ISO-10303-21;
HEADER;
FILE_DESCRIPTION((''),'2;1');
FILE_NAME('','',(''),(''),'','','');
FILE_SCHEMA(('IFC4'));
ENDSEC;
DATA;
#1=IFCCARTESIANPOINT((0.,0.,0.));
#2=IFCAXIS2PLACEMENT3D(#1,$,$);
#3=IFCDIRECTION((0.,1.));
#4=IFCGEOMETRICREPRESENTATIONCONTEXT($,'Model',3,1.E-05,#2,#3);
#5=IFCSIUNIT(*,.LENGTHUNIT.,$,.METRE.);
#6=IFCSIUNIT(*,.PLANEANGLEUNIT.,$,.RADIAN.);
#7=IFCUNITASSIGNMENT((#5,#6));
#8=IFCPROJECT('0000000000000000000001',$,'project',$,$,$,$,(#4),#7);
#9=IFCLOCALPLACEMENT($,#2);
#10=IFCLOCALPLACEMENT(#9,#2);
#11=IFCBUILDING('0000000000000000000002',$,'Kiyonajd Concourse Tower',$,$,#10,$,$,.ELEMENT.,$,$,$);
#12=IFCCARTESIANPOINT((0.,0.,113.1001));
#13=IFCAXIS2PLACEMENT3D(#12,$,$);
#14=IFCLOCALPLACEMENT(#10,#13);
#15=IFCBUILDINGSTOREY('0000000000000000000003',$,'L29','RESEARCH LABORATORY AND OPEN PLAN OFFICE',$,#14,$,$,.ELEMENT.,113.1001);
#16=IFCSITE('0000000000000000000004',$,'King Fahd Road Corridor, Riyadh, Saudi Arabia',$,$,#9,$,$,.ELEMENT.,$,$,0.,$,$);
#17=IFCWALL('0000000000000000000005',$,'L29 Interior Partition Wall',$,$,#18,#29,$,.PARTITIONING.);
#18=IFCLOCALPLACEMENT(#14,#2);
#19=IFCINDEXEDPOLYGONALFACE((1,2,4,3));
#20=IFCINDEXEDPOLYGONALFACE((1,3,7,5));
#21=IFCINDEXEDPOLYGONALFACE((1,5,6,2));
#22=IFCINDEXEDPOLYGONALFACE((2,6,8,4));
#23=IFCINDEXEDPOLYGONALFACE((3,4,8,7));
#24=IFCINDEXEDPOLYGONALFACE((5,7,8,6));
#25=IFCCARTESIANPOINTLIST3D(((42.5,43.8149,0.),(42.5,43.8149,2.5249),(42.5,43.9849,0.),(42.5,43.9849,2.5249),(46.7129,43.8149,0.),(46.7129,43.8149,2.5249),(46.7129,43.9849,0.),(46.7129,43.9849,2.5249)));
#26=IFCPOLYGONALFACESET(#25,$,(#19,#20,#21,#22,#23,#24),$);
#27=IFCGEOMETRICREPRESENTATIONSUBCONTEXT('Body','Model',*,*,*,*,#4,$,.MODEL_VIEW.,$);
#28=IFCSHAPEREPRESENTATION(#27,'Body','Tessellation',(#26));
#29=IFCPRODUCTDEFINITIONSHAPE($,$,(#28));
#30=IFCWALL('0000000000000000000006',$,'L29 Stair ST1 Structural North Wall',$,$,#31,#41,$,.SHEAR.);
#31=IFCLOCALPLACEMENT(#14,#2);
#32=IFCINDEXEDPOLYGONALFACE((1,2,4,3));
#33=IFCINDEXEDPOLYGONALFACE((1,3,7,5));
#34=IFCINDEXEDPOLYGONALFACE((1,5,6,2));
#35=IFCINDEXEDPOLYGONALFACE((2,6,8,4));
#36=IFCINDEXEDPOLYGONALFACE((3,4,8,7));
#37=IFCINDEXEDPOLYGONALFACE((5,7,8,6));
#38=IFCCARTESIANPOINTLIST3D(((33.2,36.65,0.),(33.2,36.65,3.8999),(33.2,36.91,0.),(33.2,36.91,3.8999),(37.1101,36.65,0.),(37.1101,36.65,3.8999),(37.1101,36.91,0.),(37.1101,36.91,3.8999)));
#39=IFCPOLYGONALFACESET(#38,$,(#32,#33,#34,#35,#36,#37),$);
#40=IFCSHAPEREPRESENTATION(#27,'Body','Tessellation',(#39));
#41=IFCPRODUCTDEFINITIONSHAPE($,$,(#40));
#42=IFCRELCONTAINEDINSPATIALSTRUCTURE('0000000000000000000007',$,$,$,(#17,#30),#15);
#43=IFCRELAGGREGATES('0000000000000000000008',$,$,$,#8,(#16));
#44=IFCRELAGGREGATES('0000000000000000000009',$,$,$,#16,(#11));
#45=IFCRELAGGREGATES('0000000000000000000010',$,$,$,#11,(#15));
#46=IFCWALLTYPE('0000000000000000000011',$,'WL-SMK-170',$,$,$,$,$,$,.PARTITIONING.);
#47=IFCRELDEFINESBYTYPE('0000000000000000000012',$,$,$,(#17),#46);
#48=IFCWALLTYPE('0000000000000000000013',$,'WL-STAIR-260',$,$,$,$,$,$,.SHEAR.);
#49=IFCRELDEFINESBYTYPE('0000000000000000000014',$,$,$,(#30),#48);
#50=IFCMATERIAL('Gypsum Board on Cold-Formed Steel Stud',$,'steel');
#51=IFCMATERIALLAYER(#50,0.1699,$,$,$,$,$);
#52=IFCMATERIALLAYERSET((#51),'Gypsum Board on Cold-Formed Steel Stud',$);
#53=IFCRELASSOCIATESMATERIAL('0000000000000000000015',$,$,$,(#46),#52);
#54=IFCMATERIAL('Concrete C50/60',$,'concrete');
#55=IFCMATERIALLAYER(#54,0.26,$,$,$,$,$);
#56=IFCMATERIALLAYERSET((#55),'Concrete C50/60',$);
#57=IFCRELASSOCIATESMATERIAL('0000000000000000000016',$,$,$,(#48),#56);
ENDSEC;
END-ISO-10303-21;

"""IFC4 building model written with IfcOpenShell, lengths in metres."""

from ifc_helpers import new_model, si_unit, direction, frame, frame_2d, origin, place, context, subcontext, project, spatial, rectangle, extrude, material, layer, layer_set, type_object, element, save


model = new_model("IFC4")

# Units and contexts
model_context = context("Model", 3, precision=1e-05, world=origin(), true_north=direction((0.0, 1.0)))
body_context = subcontext(model_context, "Body", "Model", "MODEL_VIEW")
ifc_project = project(units=[si_unit("LENGTHUNIT", "METRE"), si_unit("PLANEANGLEUNIT", "RADIAN")], contexts=[model_context])

# Site, building, storey
site_placement = place(None, origin())
site = spatial("IfcSite", under=ifc_project, at=site_placement, Name="King Fahd Road Corridor, Riyadh, Saudi Arabia", CompositionType="ELEMENT", RefElevation=0.0)
building_placement = place(site_placement, origin())
building = spatial("IfcBuilding", under=site, at=building_placement, Name="Kiyonajd Concourse Tower", CompositionType="ELEMENT")
storey_placement = place(building_placement, frame((0.0, 0.0, 113.1001)))
storey = spatial("IfcBuildingStorey", under=building, at=storey_placement, Name="L29", Description="RESEARCH LABORATORY AND OPEN PLAN OFFICE", CompositionType="ELEMENT", Elevation=113.1001)

# Walls
ifc_material_1 = material(Name="Gypsum Board on Cold-Formed Steel Stud", Category="steel")
ifc_layer_1 = layer(ifc_material_1, 0.1699)
ifc_layer_set_1 = layer_set([ifc_layer_1], Name="Gypsum Board on Cold-Formed Steel Stud")
wall_type_1 = type_object("IfcWallType", Name="WL-SMK-170", PredefinedType="PARTITIONING", material=ifc_layer_set_1)
wall_1_placement = place(storey_placement, frame((42.5, 43.8999, 0.0), z_axis=(0.0, 0.0, 1.0), x_axis=(1.0, 0.0, 0.0)))
element("IfcWall", 1, at=wall_1_placement, inside=storey, type_object=wall_type_1, Name="L29 Interior Partition Wall", PredefinedType="PARTITIONING", context=body_context, shape_type="SweptSolid", body=[
    extrude(rectangle(XDim=4.2129, YDim=0.1699, at=frame_2d((2.1064, 0.0))), origin(), (0.0, 0.0, 1.0), 2.5249),
])
ifc_material_2 = material(Name="Concrete C50/60", Category="concrete")
ifc_layer_2 = layer(ifc_material_2, 0.26)
ifc_layer_set_2 = layer_set([ifc_layer_2], Name="Concrete C50/60")
wall_type_2 = type_object("IfcWallType", Name="WL-STAIR-260", PredefinedType="SHEAR", material=ifc_layer_set_2)
wall_2_placement = place(storey_placement, frame((33.2, 36.78, 0.0), z_axis=(0.0, 0.0, 1.0), x_axis=(1.0, 0.0, 0.0)))
element("IfcWall", 2, at=wall_2_placement, inside=storey, type_object=wall_type_2, Name="L29 Stair ST1 Structural North Wall", PredefinedType="SHEAR", context=body_context, shape_type="SweptSolid", body=[
    extrude(rectangle(XDim=3.9102, YDim=0.26, at=frame_2d((1.9551, 0.0))), origin(), (0.0, 0.0, 1.0), 3.8999),
])

save(model, "model.ifc")
